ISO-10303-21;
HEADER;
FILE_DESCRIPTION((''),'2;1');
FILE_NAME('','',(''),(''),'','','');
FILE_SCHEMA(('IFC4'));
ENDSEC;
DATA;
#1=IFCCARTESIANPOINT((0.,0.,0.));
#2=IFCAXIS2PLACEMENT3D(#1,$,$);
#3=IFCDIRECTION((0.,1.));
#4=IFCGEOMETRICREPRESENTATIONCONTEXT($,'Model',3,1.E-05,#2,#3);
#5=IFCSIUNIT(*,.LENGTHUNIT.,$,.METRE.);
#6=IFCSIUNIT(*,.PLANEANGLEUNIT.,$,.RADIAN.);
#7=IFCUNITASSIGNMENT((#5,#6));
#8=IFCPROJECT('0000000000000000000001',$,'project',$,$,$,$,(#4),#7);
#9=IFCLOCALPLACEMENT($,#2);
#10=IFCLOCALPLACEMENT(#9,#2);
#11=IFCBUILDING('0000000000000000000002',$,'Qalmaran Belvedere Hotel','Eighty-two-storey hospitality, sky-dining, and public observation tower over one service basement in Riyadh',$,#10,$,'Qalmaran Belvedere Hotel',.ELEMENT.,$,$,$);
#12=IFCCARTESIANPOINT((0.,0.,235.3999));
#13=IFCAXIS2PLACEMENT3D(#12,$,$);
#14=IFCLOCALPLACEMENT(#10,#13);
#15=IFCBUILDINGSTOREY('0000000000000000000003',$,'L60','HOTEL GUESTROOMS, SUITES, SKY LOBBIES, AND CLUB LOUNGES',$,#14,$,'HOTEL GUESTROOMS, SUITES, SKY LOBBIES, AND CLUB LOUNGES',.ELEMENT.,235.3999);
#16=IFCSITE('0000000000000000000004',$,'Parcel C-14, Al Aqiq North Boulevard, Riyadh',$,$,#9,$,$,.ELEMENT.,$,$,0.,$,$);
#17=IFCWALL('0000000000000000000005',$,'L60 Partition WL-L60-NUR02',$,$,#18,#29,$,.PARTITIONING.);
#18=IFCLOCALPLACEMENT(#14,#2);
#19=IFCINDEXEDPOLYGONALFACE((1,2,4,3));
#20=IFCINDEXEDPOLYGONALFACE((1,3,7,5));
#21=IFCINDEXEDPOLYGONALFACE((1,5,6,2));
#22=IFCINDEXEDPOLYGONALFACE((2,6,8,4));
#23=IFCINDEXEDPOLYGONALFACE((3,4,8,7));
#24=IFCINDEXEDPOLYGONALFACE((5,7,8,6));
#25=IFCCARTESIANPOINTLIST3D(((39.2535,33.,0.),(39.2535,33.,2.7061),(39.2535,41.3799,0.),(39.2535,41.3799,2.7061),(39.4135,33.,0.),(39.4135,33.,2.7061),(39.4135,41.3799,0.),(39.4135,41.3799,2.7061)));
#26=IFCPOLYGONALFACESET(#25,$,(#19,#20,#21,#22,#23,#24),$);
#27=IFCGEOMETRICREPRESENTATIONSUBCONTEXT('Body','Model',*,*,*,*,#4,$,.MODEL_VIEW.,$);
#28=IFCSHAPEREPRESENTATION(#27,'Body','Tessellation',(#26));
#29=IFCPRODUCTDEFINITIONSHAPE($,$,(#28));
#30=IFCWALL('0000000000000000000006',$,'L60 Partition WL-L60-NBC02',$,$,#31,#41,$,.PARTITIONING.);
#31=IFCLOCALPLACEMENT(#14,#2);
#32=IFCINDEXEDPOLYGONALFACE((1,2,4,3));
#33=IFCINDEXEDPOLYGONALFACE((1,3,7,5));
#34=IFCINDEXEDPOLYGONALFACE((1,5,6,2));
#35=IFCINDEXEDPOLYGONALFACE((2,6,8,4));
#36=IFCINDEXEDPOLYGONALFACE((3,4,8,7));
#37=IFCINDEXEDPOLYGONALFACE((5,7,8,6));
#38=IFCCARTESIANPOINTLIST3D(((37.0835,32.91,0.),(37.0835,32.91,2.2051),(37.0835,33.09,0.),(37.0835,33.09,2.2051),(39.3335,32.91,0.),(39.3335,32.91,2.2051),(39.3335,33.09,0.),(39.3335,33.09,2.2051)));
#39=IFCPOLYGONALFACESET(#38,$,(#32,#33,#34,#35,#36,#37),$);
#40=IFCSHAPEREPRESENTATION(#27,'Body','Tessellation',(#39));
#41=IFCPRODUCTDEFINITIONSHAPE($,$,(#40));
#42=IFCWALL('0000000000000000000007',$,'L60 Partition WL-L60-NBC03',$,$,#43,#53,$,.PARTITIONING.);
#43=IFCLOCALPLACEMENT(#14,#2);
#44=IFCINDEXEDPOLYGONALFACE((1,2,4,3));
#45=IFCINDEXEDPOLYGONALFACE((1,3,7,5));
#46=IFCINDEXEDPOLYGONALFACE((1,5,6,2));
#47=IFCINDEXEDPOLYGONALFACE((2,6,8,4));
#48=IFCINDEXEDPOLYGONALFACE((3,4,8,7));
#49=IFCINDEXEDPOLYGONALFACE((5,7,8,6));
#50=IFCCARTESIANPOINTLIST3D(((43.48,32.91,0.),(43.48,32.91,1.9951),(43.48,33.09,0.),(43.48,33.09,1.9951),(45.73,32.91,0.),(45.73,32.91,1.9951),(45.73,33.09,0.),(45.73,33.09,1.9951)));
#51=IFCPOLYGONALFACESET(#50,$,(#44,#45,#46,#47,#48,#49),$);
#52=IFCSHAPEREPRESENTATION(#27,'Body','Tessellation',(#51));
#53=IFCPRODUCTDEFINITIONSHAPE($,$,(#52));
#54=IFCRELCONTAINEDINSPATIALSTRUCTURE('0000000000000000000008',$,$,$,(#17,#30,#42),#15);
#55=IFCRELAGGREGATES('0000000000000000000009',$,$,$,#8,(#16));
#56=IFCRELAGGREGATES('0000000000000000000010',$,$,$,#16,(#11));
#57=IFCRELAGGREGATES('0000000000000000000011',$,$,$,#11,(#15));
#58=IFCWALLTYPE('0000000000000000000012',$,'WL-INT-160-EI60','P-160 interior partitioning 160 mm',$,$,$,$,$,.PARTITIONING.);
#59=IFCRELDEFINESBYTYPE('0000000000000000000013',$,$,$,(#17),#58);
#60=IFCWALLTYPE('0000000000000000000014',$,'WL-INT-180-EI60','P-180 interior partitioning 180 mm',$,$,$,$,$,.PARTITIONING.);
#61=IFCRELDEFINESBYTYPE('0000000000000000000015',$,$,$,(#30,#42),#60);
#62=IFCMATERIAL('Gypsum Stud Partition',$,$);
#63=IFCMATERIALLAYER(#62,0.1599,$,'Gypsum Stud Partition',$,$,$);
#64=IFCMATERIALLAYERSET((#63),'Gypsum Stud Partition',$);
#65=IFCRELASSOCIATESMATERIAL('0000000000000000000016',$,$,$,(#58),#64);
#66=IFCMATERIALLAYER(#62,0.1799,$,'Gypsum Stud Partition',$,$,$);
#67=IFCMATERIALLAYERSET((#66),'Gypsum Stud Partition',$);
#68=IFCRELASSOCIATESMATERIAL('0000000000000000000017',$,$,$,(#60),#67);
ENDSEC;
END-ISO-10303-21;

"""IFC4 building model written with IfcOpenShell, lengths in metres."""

from ifc_helpers import new_model, si_unit, direction, frame, frame_2d, origin, place, context, subcontext, project, spatial, rectangle, extrude, material, layer, layer_set, type_object, element, save


model = new_model("IFC4")

# Units and contexts
model_context = context("Model", 3, precision=1e-05, world=origin(), true_north=direction((0.0, 1.0)))
body_context = subcontext(model_context, "Body", "Model", "MODEL_VIEW")
ifc_project = project(units=[si_unit("LENGTHUNIT", "METRE"), si_unit("PLANEANGLEUNIT", "RADIAN")], contexts=[model_context])

# Site, building, storey
site_placement = place(None, origin())
site = spatial("IfcSite", under=ifc_project, at=site_placement, Name="Parcel C-14, Al Aqiq North Boulevard, Riyadh", CompositionType="ELEMENT", RefElevation=0.0)
building_placement = place(site_placement, origin())
building = spatial("IfcBuilding", under=site, at=building_placement, Name="Qalmaran Belvedere Hotel", Description="Eighty-two-storey hospitality, sky-dining, and public observation tower over one service basement in Riyadh", LongName="Qalmaran Belvedere Hotel", CompositionType="ELEMENT")
storey_placement = place(building_placement, frame((0.0, 0.0, 235.3999)))
storey = spatial("IfcBuildingStorey", under=building, at=storey_placement, Name="L60", Description="HOTEL GUESTROOMS, SUITES, SKY LOBBIES, AND CLUB LOUNGES", LongName="HOTEL GUESTROOMS, SUITES, SKY LOBBIES, AND CLUB LOUNGES", CompositionType="ELEMENT", Elevation=235.3999)

# Walls
ifc_material_1 = material(Name="Gypsum Stud Partition")
ifc_layer_1 = layer(ifc_material_1, 0.1599, Name="Gypsum Stud Partition")
ifc_layer_set_1 = layer_set([ifc_layer_1], Name="Gypsum Stud Partition")
wall_type_1 = type_object("IfcWallType", Name="WL-INT-160-EI60", Description="P-160 interior partitioning 160 mm", PredefinedType="PARTITIONING", material=ifc_layer_set_1)
wall_1_placement = place(storey_placement, frame((39.3335, 33.0, 0.0), z_axis=(0.0, 0.0, 1.0), x_axis=(0.0, 1.0, 0.0)))
element("IfcWall", 1, at=wall_1_placement, inside=storey, type_object=wall_type_1, Name="L60 Partition WL-L60-NUR02", PredefinedType="PARTITIONING", context=body_context, shape_type="SweptSolid", body=[
    extrude(rectangle(XDim=8.3799, YDim=0.1599, at=frame_2d((4.1899, 0.0))), origin(), (0.0, 0.0, 1.0), 2.7061),
])
ifc_layer_2 = layer(ifc_material_1, 0.1799, Name="Gypsum Stud Partition")
ifc_layer_set_2 = layer_set([ifc_layer_2], Name="Gypsum Stud Partition")
wall_type_2 = type_object("IfcWallType", Name="WL-INT-180-EI60", Description="P-180 interior partitioning 180 mm", PredefinedType="PARTITIONING", material=ifc_layer_set_2)
wall_2_placement = place(storey_placement, frame((37.0835, 33.0, 0.0), z_axis=(0.0, 0.0, 1.0), x_axis=(1.0, 0.0, 0.0)))
element("IfcWall", 2, at=wall_2_placement, inside=storey, type_object=wall_type_2, Name="L60 Partition WL-L60-NBC02", PredefinedType="PARTITIONING", context=body_context, shape_type="SweptSolid", body=[
    extrude(rectangle(XDim=2.25, YDim=0.1799, at=frame_2d((1.125, 0.0))), origin(), (0.0, 0.0, 1.0), 2.2051),
])
wall_3_placement = place(storey_placement, frame((43.48, 33.0, 0.0), z_axis=(0.0, 0.0, 1.0), x_axis=(1.0, 0.0, 0.0)))
element("IfcWall", 3, at=wall_3_placement, inside=storey, type_object=wall_type_2, Name="L60 Partition WL-L60-NBC03", PredefinedType="PARTITIONING", context=body_context, shape_type="SweptSolid", body=[
    extrude(rectangle(XDim=2.25, YDim=0.1799, at=frame_2d((1.125, 0.0))), origin(), (0.0, 0.0, 1.0), 1.9951),
])

save(model, "model.ifc")
